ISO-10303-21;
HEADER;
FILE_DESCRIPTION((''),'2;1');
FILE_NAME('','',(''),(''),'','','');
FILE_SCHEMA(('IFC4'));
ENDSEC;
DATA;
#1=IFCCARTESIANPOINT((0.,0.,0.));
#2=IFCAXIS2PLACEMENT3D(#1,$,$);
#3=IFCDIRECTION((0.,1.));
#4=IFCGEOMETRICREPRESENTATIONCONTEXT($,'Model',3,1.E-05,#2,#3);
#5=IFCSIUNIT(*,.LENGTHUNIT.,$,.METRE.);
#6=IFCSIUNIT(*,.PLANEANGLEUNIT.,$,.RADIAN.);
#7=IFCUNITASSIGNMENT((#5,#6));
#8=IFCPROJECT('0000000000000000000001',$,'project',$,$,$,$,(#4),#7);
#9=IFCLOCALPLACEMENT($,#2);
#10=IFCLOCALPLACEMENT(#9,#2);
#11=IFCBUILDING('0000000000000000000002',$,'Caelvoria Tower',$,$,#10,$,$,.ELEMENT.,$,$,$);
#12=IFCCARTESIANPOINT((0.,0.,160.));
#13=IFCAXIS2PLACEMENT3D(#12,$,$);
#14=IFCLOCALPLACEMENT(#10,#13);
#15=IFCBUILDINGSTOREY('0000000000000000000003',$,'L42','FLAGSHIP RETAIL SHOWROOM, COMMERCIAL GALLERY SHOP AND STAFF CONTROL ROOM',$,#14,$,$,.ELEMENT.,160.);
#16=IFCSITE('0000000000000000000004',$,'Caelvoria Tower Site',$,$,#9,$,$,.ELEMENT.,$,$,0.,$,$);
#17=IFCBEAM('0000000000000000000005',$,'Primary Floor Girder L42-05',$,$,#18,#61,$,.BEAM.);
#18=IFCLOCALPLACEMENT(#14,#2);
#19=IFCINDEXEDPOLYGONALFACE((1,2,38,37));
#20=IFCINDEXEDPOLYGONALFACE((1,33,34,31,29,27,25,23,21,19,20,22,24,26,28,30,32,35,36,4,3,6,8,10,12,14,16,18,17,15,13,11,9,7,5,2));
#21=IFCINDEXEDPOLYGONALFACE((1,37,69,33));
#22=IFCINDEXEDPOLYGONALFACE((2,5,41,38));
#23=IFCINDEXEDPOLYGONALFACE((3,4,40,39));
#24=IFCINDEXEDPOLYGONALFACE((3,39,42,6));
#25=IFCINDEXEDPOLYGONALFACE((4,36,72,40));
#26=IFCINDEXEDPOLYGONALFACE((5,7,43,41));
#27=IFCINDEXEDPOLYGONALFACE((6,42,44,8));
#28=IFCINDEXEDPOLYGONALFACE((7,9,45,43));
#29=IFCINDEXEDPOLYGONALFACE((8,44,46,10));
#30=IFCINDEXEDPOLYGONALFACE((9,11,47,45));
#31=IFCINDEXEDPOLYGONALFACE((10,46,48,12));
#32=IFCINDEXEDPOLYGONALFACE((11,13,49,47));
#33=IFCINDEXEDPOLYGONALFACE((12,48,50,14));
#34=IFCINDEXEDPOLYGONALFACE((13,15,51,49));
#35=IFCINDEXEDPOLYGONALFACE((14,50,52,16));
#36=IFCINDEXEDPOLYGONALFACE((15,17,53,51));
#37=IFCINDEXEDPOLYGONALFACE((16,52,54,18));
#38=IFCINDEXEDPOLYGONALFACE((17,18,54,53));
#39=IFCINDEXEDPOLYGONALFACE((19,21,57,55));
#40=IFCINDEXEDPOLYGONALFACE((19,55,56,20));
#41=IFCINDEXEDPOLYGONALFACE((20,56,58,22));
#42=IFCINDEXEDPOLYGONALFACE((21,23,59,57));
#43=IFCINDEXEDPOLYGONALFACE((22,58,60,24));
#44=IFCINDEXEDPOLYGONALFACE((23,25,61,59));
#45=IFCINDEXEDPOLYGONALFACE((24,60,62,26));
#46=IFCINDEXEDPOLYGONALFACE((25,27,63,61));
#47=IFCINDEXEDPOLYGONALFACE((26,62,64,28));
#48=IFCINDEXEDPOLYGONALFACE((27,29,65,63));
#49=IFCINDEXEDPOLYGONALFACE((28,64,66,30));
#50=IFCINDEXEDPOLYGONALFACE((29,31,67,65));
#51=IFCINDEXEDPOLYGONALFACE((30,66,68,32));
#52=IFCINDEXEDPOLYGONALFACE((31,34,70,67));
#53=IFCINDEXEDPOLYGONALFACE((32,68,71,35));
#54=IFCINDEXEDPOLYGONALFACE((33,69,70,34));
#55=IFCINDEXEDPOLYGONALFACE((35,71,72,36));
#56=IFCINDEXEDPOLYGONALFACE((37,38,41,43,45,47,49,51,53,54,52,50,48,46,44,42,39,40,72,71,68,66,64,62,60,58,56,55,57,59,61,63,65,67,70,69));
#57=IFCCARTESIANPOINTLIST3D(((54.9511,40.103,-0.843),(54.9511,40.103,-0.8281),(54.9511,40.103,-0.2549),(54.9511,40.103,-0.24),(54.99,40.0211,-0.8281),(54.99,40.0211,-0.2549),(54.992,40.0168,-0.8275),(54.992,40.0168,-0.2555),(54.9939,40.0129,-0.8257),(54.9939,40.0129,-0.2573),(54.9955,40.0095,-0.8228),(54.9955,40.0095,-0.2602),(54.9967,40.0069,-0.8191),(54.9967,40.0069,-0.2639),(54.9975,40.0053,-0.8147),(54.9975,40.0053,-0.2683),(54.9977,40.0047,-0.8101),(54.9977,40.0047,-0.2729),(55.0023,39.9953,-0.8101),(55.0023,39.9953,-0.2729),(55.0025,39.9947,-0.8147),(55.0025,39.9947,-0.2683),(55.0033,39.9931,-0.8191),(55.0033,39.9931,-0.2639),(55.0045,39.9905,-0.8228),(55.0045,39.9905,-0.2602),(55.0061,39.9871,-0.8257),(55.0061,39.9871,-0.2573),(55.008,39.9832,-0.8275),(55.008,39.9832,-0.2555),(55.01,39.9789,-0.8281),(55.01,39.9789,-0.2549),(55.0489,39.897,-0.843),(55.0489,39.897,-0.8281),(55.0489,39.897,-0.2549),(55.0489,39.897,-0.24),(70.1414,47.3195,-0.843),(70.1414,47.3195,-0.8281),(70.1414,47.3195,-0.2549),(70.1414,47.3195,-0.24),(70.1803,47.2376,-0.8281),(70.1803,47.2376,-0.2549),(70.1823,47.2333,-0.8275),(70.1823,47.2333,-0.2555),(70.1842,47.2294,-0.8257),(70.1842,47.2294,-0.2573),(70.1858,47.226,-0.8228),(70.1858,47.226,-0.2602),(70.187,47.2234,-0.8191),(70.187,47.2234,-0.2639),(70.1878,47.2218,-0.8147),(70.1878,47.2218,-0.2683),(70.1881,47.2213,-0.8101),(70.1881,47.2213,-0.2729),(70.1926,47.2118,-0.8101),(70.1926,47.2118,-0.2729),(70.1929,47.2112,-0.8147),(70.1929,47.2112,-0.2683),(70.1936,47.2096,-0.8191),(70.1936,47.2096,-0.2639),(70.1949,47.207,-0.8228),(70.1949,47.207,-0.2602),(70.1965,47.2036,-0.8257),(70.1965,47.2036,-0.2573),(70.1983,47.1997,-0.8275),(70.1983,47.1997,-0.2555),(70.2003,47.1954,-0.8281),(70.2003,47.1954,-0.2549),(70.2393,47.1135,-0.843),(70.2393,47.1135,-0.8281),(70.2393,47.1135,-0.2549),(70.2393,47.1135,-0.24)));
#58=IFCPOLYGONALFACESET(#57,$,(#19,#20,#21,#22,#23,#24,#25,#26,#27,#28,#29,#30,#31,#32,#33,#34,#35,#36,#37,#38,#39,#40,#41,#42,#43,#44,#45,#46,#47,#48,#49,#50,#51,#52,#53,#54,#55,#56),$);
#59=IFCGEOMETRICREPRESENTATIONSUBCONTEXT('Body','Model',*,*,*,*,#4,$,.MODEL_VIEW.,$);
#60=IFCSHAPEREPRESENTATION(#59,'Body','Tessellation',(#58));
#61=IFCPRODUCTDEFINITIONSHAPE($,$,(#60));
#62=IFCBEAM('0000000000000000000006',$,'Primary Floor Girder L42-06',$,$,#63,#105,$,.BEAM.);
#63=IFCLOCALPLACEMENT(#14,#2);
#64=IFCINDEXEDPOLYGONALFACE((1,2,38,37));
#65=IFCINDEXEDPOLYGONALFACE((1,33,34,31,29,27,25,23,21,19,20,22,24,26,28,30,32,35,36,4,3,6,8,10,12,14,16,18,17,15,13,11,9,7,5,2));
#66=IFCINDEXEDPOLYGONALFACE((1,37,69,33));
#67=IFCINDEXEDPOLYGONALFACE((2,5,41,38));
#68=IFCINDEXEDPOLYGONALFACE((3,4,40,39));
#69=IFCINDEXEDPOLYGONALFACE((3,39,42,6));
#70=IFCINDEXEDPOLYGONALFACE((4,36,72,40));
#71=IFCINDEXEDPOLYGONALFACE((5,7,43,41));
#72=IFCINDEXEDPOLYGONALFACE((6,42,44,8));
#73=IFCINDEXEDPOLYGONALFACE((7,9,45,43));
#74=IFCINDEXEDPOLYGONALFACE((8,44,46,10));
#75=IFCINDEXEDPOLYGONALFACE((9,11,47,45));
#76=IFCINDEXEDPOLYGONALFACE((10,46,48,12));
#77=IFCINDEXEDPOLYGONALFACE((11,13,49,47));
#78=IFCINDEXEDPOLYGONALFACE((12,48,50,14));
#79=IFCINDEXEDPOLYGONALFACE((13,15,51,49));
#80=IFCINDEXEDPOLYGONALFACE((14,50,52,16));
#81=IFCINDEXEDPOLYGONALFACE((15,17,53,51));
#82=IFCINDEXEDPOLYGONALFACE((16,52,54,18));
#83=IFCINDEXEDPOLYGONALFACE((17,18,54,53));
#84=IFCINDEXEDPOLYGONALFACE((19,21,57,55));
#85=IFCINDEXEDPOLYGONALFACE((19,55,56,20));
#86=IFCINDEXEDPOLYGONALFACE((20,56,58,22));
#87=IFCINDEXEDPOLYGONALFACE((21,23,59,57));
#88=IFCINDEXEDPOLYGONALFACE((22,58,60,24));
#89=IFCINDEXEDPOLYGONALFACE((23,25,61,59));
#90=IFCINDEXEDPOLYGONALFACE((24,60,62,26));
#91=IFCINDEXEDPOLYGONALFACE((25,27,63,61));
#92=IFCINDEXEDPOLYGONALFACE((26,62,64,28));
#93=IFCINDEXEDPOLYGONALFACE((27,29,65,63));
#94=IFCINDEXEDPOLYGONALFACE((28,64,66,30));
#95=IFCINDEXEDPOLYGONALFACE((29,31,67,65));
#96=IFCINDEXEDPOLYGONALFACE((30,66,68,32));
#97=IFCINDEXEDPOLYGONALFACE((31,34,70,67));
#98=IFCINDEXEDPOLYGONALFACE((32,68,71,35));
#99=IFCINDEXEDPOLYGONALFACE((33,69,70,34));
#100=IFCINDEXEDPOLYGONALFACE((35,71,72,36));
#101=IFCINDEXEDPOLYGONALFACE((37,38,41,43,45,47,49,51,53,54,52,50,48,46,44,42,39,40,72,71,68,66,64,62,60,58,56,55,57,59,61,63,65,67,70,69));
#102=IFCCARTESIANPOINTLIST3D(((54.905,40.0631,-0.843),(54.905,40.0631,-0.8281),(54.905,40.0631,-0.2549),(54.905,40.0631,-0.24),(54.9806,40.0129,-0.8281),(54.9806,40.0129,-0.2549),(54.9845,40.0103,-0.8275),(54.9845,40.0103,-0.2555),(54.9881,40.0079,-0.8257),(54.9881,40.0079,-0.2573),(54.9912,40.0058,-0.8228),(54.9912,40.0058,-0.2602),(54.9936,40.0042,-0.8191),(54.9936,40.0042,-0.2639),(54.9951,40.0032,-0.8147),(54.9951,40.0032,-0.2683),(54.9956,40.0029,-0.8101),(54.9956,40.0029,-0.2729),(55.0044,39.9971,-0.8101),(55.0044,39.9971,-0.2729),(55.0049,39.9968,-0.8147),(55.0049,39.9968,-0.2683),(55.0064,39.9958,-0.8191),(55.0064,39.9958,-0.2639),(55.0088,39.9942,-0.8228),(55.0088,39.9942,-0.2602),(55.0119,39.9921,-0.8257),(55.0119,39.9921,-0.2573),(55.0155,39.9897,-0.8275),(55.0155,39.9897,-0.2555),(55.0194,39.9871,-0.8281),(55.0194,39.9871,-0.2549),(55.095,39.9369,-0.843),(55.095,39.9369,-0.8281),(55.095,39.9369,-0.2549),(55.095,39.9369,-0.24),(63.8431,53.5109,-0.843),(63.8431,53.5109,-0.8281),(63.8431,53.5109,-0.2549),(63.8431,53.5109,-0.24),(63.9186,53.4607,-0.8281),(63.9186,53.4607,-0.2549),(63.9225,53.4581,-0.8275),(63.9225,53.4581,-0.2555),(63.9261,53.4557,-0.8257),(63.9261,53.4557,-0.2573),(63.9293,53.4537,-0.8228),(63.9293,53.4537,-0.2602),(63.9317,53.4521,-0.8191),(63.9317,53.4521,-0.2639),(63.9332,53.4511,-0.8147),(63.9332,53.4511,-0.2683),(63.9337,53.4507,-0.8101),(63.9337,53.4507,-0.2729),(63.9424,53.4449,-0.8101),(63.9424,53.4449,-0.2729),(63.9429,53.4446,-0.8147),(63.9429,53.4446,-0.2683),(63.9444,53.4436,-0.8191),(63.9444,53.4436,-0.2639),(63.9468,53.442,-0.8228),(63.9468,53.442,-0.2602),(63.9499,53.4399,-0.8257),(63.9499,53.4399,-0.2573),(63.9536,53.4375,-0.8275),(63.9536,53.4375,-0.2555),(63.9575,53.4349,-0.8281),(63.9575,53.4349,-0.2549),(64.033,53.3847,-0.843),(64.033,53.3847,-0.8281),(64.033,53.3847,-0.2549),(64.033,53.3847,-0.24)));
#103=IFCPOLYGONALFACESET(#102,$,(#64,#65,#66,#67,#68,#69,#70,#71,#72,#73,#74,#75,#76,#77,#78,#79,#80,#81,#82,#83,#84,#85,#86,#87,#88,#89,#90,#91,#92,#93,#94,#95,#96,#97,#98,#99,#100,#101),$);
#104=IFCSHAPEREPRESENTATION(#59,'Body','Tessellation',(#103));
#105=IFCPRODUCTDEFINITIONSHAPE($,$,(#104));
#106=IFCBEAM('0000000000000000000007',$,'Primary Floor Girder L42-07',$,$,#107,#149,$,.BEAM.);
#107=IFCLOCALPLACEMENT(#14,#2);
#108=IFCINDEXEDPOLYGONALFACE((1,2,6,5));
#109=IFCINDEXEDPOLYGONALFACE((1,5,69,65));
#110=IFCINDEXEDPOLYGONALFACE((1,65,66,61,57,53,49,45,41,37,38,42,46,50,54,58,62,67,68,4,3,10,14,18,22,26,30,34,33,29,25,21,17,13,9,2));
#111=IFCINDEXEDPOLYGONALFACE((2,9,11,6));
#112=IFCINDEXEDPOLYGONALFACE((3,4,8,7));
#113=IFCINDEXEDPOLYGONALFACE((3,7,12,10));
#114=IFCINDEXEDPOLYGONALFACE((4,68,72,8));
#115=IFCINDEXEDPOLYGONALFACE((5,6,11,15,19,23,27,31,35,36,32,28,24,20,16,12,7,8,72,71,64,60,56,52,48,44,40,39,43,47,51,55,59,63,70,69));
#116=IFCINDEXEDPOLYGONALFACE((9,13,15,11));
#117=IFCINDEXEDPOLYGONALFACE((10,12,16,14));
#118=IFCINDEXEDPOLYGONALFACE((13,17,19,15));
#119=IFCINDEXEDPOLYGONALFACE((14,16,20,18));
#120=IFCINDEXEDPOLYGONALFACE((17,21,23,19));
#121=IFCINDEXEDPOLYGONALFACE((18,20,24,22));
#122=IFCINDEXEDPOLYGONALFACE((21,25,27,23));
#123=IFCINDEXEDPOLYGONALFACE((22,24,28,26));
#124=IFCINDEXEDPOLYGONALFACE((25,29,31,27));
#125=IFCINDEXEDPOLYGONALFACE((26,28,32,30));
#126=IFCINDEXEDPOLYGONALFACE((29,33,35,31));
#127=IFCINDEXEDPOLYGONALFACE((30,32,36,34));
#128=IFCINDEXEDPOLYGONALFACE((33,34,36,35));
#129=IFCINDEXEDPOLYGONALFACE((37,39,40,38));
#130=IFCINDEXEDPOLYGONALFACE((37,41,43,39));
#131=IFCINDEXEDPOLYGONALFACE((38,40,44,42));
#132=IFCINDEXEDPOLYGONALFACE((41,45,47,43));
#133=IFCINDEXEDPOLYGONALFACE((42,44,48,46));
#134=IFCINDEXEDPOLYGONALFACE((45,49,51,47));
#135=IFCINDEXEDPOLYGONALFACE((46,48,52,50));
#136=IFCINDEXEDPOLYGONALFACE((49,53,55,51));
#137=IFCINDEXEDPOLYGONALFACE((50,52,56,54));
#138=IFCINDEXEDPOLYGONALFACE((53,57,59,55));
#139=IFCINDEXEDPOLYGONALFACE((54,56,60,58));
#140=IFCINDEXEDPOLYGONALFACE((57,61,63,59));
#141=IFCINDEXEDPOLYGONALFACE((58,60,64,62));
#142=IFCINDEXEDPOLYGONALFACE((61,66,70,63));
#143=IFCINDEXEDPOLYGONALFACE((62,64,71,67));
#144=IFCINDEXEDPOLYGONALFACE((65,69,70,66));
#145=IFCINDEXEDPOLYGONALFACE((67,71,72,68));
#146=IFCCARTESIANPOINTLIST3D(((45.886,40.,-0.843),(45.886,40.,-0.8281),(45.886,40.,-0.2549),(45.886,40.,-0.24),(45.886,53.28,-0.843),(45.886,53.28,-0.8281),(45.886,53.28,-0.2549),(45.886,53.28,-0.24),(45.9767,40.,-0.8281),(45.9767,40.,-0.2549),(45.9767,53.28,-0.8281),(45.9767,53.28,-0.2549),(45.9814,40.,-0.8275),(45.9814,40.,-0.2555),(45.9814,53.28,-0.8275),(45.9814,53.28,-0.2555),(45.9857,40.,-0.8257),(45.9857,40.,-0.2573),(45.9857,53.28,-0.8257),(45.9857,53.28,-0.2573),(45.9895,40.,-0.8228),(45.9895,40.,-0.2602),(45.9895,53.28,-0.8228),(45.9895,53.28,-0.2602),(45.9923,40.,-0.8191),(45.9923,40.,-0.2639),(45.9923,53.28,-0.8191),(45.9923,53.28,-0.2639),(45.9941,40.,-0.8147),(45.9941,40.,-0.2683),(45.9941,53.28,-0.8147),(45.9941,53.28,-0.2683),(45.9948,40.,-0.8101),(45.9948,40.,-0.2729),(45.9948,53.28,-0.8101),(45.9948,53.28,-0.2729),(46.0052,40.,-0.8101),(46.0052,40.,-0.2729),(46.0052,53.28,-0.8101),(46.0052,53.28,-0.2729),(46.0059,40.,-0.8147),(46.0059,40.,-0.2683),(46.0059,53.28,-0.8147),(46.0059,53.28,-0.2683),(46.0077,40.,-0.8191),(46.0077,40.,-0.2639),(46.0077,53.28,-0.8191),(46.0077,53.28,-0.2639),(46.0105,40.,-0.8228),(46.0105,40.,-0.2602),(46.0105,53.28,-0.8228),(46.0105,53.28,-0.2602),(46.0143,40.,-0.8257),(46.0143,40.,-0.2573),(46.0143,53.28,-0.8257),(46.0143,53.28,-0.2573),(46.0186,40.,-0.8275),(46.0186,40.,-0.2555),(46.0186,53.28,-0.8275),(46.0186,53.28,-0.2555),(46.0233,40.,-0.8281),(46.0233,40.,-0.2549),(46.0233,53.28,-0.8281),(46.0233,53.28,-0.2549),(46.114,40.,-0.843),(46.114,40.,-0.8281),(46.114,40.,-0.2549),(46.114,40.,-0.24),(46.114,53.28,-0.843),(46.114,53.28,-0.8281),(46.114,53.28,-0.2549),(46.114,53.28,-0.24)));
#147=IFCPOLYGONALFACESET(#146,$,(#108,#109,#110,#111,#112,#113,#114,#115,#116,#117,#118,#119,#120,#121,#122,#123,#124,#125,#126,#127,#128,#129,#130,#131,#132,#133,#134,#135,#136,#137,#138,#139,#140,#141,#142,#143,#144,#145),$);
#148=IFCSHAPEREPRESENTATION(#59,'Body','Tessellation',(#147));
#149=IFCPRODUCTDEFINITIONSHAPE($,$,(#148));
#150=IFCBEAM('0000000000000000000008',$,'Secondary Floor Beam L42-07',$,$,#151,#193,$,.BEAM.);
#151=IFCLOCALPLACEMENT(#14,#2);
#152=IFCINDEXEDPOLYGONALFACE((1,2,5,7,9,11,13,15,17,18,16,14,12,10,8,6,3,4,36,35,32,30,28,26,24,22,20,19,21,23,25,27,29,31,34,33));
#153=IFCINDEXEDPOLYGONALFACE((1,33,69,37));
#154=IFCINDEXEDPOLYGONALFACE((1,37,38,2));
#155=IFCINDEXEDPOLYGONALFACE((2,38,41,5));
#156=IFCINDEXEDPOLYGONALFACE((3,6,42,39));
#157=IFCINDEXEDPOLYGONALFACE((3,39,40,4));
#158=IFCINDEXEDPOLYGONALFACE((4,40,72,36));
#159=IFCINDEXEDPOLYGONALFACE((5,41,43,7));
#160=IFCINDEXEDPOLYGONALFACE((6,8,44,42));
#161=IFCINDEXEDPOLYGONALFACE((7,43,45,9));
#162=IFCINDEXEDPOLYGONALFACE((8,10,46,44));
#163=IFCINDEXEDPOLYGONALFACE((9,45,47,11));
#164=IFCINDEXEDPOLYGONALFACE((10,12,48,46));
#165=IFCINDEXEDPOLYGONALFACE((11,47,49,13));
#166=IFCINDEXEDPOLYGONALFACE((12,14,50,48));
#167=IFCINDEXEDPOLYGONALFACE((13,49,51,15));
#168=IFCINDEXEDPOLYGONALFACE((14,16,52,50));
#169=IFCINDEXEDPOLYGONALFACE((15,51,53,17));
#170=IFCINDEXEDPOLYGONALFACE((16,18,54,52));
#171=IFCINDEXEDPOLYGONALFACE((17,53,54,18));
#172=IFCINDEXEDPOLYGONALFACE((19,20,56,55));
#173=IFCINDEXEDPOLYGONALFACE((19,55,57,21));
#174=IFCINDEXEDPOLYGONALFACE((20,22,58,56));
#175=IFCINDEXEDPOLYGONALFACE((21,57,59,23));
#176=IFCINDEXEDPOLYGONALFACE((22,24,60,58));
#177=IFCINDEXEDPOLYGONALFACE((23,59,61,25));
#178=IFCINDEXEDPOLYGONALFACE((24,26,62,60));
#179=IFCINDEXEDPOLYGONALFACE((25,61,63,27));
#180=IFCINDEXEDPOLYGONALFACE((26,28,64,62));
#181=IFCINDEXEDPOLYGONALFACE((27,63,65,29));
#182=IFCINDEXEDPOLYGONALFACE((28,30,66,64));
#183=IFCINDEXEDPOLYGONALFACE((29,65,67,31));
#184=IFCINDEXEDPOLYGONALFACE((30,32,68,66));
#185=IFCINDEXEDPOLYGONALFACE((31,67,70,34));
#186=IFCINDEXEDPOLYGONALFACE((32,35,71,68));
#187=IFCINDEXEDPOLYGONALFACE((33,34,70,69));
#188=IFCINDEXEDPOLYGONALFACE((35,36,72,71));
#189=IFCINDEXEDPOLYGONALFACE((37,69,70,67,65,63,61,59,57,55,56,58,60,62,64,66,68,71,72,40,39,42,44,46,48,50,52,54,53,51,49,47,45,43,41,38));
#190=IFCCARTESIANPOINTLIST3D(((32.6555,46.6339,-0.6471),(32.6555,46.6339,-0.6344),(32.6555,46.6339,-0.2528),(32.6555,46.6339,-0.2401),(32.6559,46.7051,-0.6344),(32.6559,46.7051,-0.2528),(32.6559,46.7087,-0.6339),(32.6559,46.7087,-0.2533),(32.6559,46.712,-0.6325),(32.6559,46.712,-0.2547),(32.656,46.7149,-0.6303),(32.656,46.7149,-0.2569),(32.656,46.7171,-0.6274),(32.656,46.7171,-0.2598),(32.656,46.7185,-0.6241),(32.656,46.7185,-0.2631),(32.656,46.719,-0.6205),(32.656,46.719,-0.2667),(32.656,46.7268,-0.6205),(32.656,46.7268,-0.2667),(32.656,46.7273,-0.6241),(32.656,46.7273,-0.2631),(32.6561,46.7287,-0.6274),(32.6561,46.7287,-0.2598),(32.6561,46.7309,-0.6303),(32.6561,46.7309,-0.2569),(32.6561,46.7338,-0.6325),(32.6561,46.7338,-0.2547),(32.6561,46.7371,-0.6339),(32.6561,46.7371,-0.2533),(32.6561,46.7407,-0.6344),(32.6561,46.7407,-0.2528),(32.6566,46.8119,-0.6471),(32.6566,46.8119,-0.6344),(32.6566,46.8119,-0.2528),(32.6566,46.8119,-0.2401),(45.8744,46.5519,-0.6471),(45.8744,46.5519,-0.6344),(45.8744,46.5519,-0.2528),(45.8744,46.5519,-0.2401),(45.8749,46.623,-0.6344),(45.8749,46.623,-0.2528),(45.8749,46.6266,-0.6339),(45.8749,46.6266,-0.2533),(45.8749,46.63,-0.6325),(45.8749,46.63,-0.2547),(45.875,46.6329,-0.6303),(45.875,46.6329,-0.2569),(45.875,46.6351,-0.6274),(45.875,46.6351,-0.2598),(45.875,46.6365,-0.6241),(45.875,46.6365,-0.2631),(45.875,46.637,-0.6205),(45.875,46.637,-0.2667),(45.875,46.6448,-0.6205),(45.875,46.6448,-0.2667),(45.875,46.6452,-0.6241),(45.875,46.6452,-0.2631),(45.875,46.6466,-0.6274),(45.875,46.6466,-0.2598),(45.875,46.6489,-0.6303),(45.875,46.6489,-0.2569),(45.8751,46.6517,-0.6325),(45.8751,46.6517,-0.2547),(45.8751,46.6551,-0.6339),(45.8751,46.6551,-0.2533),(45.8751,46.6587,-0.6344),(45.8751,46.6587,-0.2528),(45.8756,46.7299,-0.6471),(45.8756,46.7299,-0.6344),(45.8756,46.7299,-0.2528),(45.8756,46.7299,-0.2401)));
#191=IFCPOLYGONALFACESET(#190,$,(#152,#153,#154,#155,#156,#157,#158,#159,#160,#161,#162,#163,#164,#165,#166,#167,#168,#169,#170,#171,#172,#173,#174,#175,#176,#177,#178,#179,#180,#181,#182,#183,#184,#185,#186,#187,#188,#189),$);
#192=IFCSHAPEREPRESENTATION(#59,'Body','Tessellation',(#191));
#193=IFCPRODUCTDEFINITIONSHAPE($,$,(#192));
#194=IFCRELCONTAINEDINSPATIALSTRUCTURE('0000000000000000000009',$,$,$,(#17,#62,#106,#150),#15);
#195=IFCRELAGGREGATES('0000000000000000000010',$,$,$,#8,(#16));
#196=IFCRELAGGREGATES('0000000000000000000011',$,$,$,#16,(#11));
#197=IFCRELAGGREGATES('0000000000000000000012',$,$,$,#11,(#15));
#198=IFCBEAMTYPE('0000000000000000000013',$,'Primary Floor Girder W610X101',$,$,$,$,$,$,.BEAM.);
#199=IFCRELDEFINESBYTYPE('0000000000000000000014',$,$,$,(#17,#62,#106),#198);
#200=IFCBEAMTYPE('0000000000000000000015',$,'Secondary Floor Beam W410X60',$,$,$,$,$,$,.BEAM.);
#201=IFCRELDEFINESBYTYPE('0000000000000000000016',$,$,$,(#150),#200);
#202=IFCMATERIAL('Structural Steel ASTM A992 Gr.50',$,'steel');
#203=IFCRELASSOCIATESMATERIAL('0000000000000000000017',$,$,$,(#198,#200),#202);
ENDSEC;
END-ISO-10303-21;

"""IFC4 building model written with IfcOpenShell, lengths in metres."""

from ifc_helpers import new_model, si_unit, direction, frame, origin, origin_2d, place, context, subcontext, project, spatial, i_section, extrude, material, material_profile, profile_set, type_object, element, save


model = new_model("IFC4")

# Units and contexts
model_context = context("Model", 3, precision=1e-05, world=origin(), true_north=direction((0.0, 1.0)))
body_context = subcontext(model_context, "Body", "Model", "MODEL_VIEW")
ifc_project = project(units=[si_unit("LENGTHUNIT", "METRE"), si_unit("PLANEANGLEUNIT", "RADIAN")], contexts=[model_context])

# Site, building, storey
site_placement = place(None, origin())
site = spatial("IfcSite", under=ifc_project, at=site_placement, Name="Caelvoria Tower Site", CompositionType="ELEMENT", RefElevation=0.0)
building_placement = place(site_placement, origin())
building = spatial("IfcBuilding", under=site, at=building_placement, Name="Caelvoria Tower", CompositionType="ELEMENT")
storey_placement = place(building_placement, frame((0.0, 0.0, 160.0)))
storey = spatial("IfcBuildingStorey", under=building, at=storey_placement, Name="L42", Description="FLAGSHIP RETAIL SHOWROOM, COMMERCIAL GALLERY SHOP AND STAFF CONTROL ROOM", CompositionType="ELEMENT", Elevation=160.0)

# Shared definitions
ifc_material_1 = material(Name="Structural Steel ASTM A992 Gr.50", Category="steel")

# Beams
ifc_material_profile_1 = material_profile(ifc_material_1, i_section(OverallWidth=0.228, OverallDepth=0.603, WebThickness=0.0105, FlangeThickness=0.0149, FilletRadius=0.0181, at=origin_2d()), Name="Structural Steel ASTM A992 Gr.50")
ifc_profile_set_1 = profile_set([ifc_material_profile_1], Name="W610X101 - Structural Steel ASTM A992 Gr.50")
beam_type_1 = type_object("IfcBeamType", Name="Primary Floor Girder W610X101", PredefinedType="BEAM", material=ifc_profile_set_1)
beam_1_placement = place(storey_placement, frame((55.0, 40.0, -0.5415), z_axis=(0.903252, 0.42911, 0.0), x_axis=(-0.42911, 0.903252, 0.0)))
element("IfcBeam", 1, at=beam_1_placement, inside=storey, type_object=beam_type_1, Name="Primary Floor Girder L42-05", PredefinedType="BEAM", context=body_context, shape_type="SweptSolid", body=[
    extrude(i_section(OverallWidth=0.228, OverallDepth=0.603, WebThickness=0.0105, FlangeThickness=0.0149, FilletRadius=0.0181, at=origin_2d()), origin(), (0.0, 0.0, 1.0), 16.8174),
])
beam_2_placement = place(storey_placement, frame((55.0, 40.0, -0.5415), z_axis=(0.553534, 0.832826, 0.0), x_axis=(-0.832826, 0.553534, 0.0)))
element("IfcBeam", 2, at=beam_2_placement, inside=storey, type_object=beam_type_1, Name="Primary Floor Girder L42-06", PredefinedType="BEAM", context=body_context, shape_type="SweptSolid", body=[
    extrude(i_section(OverallWidth=0.228, OverallDepth=0.603, WebThickness=0.0105, FlangeThickness=0.0149, FilletRadius=0.0181, at=origin_2d()), origin(), (0.0, 0.0, 1.0), 16.1472),
])
beam_3_placement = place(storey_placement, frame((46.0, 40.0, -0.5415), z_axis=(0.0, 1.0, 0.0), x_axis=(-1.0, 0.0, 0.0)))
element("IfcBeam", 3, at=beam_3_placement, inside=storey, type_object=beam_type_1, Name="Primary Floor Girder L42-07", PredefinedType="BEAM", context=body_context, shape_type="SweptSolid", body=[
    extrude(i_section(OverallWidth=0.228, OverallDepth=0.603, WebThickness=0.0105, FlangeThickness=0.0149, FilletRadius=0.0181, at=origin_2d()), origin(), (0.0, 0.0, 1.0), 13.28),
])
ifc_material_profile_2 = material_profile(ifc_material_1, i_section(OverallWidth=0.178, OverallDepth=0.407, WebThickness=0.0078, FlangeThickness=0.0127, FilletRadius=0.0139, at=origin_2d()), Name="Structural Steel ASTM A992 Gr.50")
ifc_profile_set_2 = profile_set([ifc_material_profile_2], Name="W410X60 - Structural Steel ASTM A992 Gr.50")
beam_type_2 = type_object("IfcBeamType", Name="Secondary Floor Beam W410X60", PredefinedType="BEAM", material=ifc_profile_set_2)
beam_4_placement = place(storey_placement, frame((45.875, 46.6409, -0.4436), z_axis=(-0.999981, 0.006205, 0.0), x_axis=(-0.006205, -0.999981, 0.0)))
element("IfcBeam", 4, at=beam_4_placement, inside=storey, type_object=beam_type_2, Name="Secondary Floor Beam L42-07", PredefinedType="BEAM", context=body_context, shape_type="SweptSolid", body=[
    extrude(i_section(OverallWidth=0.178, OverallDepth=0.407, WebThickness=0.0078, FlangeThickness=0.0127, FilletRadius=0.0139, at=origin_2d()), origin(), (0.0, 0.0, 1.0), 13.2192),
])

save(model, "model.ifc")
